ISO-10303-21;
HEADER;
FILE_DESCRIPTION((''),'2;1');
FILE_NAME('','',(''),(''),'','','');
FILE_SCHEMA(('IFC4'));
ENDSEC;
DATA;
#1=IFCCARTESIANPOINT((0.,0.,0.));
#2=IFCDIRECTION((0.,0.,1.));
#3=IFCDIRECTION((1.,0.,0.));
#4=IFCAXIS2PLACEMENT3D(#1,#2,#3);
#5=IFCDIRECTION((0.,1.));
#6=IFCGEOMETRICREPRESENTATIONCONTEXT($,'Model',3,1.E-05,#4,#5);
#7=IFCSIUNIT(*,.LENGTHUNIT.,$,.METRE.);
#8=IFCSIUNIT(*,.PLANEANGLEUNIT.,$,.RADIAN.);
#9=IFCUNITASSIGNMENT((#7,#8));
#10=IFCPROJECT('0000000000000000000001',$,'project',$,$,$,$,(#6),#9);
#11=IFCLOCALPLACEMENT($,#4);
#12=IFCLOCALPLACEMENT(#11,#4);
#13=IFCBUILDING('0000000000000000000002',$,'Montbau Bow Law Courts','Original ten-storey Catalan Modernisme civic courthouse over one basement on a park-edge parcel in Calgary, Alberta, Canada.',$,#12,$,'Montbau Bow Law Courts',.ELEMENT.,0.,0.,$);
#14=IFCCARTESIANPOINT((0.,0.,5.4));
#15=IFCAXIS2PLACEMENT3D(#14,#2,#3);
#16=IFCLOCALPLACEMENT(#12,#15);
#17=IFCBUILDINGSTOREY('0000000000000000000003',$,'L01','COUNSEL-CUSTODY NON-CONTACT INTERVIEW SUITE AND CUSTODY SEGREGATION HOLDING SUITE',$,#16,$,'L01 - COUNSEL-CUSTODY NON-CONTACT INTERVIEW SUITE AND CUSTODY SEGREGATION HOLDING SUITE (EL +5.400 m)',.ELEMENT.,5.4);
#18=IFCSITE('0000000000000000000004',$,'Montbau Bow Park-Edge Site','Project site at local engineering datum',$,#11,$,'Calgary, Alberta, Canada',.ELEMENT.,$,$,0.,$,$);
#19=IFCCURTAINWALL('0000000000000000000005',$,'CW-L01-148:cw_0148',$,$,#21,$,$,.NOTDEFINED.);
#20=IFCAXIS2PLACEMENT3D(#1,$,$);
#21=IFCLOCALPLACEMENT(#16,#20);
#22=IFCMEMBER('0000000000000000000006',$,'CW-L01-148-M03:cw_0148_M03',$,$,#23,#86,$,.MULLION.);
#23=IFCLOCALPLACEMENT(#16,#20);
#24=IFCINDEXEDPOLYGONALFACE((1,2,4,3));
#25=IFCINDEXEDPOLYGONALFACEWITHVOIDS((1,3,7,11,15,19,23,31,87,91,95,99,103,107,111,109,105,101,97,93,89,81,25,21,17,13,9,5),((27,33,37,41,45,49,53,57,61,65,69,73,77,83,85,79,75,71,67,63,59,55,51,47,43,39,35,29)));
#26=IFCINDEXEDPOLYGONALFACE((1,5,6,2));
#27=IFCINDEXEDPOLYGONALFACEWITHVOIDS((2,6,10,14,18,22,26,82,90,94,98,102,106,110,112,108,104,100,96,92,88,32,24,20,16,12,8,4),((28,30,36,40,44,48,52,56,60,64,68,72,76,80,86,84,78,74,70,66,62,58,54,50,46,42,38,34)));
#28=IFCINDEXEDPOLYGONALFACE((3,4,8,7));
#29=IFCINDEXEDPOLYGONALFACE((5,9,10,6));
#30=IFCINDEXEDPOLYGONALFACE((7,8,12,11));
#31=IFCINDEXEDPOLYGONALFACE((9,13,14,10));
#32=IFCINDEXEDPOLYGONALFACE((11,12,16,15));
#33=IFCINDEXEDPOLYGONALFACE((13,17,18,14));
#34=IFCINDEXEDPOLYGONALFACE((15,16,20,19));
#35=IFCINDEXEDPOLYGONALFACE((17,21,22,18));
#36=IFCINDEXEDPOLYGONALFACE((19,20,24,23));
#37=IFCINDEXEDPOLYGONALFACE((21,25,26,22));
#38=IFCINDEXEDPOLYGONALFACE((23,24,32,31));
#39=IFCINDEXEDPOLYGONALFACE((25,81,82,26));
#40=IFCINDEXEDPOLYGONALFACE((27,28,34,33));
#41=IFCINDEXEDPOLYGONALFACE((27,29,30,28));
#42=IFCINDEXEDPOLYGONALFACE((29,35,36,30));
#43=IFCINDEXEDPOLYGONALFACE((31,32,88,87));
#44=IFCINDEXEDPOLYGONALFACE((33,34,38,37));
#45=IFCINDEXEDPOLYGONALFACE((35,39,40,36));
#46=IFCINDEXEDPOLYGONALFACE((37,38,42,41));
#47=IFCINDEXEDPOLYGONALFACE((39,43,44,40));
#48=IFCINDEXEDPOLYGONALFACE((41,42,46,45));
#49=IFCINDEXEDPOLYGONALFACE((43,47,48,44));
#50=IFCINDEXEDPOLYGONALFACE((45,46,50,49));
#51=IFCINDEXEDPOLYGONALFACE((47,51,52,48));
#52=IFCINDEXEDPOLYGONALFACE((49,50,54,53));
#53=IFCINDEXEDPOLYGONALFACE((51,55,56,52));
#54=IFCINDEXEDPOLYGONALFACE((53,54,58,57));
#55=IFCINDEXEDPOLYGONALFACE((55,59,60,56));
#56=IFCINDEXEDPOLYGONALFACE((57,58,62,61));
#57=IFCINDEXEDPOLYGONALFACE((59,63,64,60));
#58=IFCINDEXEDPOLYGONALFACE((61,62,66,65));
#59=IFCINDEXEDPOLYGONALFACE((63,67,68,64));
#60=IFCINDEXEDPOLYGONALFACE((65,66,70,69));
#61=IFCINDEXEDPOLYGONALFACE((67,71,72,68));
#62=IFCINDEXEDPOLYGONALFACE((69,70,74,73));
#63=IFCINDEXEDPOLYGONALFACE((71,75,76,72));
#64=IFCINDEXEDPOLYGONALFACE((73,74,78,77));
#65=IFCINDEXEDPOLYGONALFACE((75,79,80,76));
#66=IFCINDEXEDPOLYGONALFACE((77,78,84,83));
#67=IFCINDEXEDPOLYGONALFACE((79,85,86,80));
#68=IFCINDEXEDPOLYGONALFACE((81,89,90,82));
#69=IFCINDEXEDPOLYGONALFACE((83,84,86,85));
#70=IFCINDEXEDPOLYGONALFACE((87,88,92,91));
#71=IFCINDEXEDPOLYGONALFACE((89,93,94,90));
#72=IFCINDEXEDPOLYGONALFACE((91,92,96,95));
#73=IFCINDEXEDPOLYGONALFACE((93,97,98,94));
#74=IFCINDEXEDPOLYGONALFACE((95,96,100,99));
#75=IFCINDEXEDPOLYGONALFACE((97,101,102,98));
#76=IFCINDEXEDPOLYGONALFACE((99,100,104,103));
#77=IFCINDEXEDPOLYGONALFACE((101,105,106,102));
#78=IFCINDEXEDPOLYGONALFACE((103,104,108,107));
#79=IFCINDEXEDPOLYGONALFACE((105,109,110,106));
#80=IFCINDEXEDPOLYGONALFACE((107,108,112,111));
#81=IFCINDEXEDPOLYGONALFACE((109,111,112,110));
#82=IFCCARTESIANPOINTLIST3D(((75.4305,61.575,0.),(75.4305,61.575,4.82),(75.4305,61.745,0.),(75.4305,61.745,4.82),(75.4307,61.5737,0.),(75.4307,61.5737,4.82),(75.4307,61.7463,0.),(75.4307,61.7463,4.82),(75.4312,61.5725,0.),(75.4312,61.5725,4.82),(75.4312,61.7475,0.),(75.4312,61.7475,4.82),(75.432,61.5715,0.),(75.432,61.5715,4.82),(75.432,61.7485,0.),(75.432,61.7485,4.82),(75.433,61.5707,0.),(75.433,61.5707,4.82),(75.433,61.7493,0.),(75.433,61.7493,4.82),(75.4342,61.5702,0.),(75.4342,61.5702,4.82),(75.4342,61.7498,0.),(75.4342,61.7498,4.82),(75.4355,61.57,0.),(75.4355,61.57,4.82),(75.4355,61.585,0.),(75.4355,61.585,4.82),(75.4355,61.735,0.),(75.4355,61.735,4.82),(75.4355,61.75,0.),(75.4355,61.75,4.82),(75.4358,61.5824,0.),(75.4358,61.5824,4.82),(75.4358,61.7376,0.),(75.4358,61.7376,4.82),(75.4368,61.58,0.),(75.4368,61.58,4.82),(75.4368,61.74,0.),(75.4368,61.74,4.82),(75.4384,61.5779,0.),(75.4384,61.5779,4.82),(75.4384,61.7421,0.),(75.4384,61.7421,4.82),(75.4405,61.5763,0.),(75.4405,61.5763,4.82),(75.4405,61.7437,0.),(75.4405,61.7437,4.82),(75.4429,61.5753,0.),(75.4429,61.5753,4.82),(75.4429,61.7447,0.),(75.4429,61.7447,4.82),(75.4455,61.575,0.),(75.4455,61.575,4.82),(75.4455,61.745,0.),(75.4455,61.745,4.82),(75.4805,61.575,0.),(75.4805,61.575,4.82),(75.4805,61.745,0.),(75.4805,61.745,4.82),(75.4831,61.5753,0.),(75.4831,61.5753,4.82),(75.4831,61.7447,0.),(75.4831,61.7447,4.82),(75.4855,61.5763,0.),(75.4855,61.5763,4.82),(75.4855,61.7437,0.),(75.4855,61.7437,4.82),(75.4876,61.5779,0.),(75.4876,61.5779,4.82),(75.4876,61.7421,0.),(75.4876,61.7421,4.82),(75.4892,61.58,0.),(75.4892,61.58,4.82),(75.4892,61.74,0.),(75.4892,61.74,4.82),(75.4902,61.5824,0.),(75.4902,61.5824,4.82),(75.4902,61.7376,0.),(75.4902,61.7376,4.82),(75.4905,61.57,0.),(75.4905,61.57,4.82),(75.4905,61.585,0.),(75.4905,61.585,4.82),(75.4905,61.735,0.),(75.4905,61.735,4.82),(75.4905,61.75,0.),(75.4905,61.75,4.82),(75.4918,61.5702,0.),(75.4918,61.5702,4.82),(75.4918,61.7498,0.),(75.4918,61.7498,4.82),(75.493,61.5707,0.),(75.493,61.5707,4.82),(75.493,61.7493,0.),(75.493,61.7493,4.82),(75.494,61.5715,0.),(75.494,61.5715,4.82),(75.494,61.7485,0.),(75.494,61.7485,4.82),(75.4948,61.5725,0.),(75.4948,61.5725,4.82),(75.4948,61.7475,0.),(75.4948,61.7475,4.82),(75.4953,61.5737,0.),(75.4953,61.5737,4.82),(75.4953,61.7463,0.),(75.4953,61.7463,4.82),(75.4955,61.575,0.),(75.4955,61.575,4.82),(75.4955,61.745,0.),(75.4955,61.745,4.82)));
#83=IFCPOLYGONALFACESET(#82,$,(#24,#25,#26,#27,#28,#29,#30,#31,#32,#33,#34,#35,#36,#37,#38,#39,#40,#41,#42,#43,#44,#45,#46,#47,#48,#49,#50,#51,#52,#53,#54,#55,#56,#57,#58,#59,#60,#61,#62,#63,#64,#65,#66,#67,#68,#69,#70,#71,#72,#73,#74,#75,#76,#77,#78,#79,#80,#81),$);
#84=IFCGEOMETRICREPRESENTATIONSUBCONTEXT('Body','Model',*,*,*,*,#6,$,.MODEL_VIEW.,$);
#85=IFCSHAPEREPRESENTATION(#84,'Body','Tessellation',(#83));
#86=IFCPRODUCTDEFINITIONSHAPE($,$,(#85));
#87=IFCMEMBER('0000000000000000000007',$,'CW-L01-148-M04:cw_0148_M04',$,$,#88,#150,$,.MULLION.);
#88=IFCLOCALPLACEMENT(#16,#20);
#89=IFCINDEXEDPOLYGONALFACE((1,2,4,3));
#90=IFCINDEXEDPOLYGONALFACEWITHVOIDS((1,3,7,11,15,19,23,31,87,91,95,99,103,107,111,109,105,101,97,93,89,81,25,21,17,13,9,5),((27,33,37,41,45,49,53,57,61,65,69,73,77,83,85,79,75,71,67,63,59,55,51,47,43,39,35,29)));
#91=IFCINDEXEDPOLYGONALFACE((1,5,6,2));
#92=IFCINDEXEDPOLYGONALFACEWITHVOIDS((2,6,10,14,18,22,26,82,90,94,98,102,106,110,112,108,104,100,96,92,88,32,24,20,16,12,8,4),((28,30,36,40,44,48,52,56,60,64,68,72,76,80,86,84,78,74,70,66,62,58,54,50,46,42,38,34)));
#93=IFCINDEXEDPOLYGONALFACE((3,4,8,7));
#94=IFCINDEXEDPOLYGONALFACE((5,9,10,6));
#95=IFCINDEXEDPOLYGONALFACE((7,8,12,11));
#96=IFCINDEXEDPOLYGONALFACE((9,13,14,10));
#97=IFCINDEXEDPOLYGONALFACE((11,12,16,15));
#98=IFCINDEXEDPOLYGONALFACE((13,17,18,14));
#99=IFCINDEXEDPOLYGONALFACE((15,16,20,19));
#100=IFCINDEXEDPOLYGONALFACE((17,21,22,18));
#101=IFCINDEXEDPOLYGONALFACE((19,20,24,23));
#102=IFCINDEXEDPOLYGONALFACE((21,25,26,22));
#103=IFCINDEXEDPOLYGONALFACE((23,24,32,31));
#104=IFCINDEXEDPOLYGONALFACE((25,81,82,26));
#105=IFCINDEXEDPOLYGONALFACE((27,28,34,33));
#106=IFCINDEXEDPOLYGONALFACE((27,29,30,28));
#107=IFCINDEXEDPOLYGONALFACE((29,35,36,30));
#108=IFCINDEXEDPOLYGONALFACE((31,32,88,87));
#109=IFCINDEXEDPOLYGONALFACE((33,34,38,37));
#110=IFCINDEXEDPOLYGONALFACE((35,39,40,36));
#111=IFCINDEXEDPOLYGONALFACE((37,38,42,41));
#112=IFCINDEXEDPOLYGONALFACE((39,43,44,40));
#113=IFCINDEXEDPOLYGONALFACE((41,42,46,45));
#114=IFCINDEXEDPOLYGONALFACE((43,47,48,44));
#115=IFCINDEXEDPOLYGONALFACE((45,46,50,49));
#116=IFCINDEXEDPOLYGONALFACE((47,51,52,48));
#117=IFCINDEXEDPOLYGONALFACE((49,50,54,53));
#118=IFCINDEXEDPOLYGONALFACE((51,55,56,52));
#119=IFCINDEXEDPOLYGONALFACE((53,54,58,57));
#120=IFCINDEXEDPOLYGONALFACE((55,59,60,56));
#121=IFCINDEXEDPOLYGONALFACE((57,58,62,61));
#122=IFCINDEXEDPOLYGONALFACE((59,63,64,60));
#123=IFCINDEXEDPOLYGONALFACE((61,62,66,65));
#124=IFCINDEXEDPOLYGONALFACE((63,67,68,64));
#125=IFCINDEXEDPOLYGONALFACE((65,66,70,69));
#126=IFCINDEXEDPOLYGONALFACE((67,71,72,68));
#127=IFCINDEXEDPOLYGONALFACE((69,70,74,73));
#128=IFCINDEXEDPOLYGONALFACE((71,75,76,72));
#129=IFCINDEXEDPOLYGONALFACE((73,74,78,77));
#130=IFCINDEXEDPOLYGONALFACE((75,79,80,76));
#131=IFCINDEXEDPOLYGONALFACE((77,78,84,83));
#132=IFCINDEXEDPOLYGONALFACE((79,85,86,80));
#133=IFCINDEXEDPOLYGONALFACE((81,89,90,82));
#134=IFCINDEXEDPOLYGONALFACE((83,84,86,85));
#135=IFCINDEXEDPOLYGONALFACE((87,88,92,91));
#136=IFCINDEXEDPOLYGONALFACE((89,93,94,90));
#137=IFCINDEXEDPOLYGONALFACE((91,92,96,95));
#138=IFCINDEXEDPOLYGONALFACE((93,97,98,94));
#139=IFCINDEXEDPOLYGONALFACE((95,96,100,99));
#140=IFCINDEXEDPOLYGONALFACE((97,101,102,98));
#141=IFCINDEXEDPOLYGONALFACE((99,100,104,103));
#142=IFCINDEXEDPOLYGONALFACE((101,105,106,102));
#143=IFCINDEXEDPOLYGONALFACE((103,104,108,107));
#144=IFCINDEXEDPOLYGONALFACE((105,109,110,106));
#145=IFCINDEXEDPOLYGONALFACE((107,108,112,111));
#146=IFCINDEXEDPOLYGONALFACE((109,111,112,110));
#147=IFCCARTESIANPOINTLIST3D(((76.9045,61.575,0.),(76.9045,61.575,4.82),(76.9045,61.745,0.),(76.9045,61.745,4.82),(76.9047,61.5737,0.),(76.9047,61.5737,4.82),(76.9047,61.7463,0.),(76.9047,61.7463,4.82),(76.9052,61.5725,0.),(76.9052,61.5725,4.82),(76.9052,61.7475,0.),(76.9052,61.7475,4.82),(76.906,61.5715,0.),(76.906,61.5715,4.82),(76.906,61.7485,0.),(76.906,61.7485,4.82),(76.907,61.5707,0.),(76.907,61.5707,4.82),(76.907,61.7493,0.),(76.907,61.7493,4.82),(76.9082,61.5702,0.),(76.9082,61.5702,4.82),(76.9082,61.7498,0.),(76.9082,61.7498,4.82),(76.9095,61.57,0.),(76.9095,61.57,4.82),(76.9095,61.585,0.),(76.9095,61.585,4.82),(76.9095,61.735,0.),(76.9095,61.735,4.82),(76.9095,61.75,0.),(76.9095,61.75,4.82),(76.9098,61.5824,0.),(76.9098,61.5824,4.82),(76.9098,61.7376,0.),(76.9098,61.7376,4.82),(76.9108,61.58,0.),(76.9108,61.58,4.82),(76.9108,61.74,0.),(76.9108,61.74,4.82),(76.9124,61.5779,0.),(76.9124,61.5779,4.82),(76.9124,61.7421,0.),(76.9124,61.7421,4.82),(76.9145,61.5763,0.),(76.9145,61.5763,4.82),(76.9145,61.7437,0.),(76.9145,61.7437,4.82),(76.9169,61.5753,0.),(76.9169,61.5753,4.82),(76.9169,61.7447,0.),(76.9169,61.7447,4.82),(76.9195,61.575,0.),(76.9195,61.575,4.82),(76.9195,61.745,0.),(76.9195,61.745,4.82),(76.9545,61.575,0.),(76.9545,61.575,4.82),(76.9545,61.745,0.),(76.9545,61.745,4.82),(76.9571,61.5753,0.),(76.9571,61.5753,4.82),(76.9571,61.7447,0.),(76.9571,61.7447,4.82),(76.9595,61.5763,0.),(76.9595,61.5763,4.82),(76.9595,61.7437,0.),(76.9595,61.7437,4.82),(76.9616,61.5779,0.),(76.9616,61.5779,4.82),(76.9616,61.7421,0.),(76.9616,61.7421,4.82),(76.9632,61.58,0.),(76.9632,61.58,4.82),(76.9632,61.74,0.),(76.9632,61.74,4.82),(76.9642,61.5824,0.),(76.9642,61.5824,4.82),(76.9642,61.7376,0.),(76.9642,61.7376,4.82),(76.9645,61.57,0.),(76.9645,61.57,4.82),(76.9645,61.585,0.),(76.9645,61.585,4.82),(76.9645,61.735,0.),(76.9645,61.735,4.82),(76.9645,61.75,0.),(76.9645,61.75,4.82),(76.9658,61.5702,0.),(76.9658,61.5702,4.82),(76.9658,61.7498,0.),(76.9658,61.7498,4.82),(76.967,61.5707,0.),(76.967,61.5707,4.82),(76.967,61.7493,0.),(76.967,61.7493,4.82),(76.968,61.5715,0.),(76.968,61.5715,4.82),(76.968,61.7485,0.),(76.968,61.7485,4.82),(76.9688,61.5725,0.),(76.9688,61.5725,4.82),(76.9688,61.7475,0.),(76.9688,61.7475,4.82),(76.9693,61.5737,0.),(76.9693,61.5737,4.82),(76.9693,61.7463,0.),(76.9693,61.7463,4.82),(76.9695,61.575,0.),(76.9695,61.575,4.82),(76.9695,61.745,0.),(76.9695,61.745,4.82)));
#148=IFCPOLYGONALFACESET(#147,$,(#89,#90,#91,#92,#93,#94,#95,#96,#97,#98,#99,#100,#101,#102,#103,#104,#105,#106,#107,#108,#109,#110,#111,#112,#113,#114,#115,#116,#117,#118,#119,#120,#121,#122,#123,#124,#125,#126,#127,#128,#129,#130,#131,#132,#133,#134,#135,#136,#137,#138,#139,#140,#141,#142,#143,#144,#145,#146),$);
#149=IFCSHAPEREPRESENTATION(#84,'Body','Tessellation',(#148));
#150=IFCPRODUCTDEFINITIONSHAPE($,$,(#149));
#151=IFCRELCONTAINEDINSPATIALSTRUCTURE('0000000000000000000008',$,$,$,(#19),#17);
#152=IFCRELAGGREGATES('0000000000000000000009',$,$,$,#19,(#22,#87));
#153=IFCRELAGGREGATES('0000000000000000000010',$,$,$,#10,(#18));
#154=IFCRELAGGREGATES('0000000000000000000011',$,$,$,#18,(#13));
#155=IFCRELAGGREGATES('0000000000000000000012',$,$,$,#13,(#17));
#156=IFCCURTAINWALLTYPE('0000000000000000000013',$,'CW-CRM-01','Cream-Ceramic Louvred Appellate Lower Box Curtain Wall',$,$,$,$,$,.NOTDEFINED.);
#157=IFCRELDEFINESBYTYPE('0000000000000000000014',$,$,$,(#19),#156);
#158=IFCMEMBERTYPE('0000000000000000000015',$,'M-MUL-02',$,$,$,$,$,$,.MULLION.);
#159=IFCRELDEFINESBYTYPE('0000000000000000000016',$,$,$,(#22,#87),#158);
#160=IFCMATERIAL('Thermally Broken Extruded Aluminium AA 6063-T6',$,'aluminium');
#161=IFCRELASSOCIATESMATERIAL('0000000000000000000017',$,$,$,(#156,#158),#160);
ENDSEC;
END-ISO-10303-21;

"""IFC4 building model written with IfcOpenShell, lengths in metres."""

from ifc_helpers import new_model, si_unit, direction, frame, origin_with_axes, origin_2d_with_axis, place, context, subcontext, project, spatial, hollow_rectangle, extrude, material, material_profile, profile_set, type_object, element, aggregate, save


model = new_model("IFC4")

# Units and contexts
model_context = context("Model", 3, precision=1e-05, world=origin_with_axes(), true_north=direction((0.0, 1.0)))
body_context = subcontext(model_context, "Body", "Model", "MODEL_VIEW")
ifc_project = project(units=[si_unit("LENGTHUNIT", "METRE"), si_unit("PLANEANGLEUNIT", "RADIAN")], contexts=[model_context])

# Site, building, storey
site_placement = place(None, origin_with_axes())
site = spatial("IfcSite", under=ifc_project, at=site_placement, Name="Montbau Bow Park-Edge Site", Description="Project site at local engineering datum", LongName="Calgary, Alberta, Canada", CompositionType="ELEMENT", RefElevation=0.0)
building_placement = place(site_placement, origin_with_axes())
building = spatial("IfcBuilding", under=site, at=building_placement, Name="Montbau Bow Law Courts", Description="Original ten-storey Catalan Modernisme civic courthouse over one basement on a park-edge parcel in Calgary, Alberta, Canada.", LongName="Montbau Bow Law Courts", CompositionType="ELEMENT", ElevationOfRefHeight=0.0, ElevationOfTerrain=0.0)
storey_placement = place(building_placement, frame((0.0, 0.0, 5.4), z_axis=(0.0, 0.0, 1.0), x_axis=(1.0, 0.0, 0.0)))
storey = spatial("IfcBuildingStorey", under=building, at=storey_placement, Name="L01", Description="COUNSEL-CUSTODY NON-CONTACT INTERVIEW SUITE AND CUSTODY SEGREGATION HOLDING SUITE", LongName="L01 - COUNSEL-CUSTODY NON-CONTACT INTERVIEW SUITE AND CUSTODY SEGREGATION HOLDING SUITE (EL +5.400 m)", CompositionType="ELEMENT", Elevation=5.4)

# Curtain wall, members
ifc_material_1 = material(Name="Thermally Broken Extruded Aluminium AA 6063-T6", Category="aluminium")
curtain_wall_type = type_object("IfcCurtainWallType", Name="CW-CRM-01", Description="Cream-Ceramic Louvred Appellate Lower Box Curtain Wall", PredefinedType="NOTDEFINED", material=ifc_material_1)
curtain_wall_placement = place(None, frame((72.515, 61.66, 5.4), z_axis=(0.0, 0.0, 1.0), x_axis=(1.0, 0.0, 0.0)))
curtain_wall = element("IfcCurtainWall", 1, at=curtain_wall_placement, inside=storey, type_object=curtain_wall_type, Name="CW-L01-148:cw_0148", PredefinedType="NOTDEFINED")
ifc_material_profile_1 = material_profile(ifc_material_1, hollow_rectangle(XDim=0.065, YDim=0.18, WallThickness=0.005, InnerFilletRadius=0.01, OuterFilletRadius=0.005, at=origin_2d_with_axis()), Name="CWM-180X65", Category="Main", Priority=0)
ifc_profile_set_1 = profile_set([ifc_material_profile_1], Name="Thermally Broken Extruded Aluminium AA 6063-T6")
member_type_1 = type_object("IfcMemberType", Name="M-MUL-02", PredefinedType="MULLION", material=ifc_profile_set_1)
member_1_placement = place(None, frame((75.463, 61.66, 5.4), z_axis=(0.0, 0.0, 1.0), x_axis=(1.0, 0.0, 0.0)))
member_1 = element("IfcMember", 2, at=member_1_placement, type_object=member_type_1, Name="CW-L01-148-M03:cw_0148_M03", PredefinedType="MULLION", context=body_context, shape_type="SweptSolid", body=[
    extrude(hollow_rectangle(XDim=0.065, YDim=0.18, WallThickness=0.005, InnerFilletRadius=0.01, OuterFilletRadius=0.005, at=origin_2d_with_axis()), origin_with_axes(), (0.0, 0.0, 1.0), 4.82),
])
member_2_placement = place(None, frame((76.937, 61.66, 5.4), z_axis=(0.0, 0.0, 1.0), x_axis=(1.0, 0.0, 0.0)))
member_2 = element("IfcMember", 3, at=member_2_placement, type_object=member_type_1, Name="CW-L01-148-M04:cw_0148_M04", PredefinedType="MULLION", context=body_context, shape_type="SweptSolid", body=[
    extrude(hollow_rectangle(XDim=0.065, YDim=0.18, WallThickness=0.005, InnerFilletRadius=0.01, OuterFilletRadius=0.005, at=origin_2d_with_axis()), origin_with_axes(), (0.0, 0.0, 1.0), 4.82),
])
aggregate(curtain_wall, [member_1, member_2])

save(model, "model.ifc")
